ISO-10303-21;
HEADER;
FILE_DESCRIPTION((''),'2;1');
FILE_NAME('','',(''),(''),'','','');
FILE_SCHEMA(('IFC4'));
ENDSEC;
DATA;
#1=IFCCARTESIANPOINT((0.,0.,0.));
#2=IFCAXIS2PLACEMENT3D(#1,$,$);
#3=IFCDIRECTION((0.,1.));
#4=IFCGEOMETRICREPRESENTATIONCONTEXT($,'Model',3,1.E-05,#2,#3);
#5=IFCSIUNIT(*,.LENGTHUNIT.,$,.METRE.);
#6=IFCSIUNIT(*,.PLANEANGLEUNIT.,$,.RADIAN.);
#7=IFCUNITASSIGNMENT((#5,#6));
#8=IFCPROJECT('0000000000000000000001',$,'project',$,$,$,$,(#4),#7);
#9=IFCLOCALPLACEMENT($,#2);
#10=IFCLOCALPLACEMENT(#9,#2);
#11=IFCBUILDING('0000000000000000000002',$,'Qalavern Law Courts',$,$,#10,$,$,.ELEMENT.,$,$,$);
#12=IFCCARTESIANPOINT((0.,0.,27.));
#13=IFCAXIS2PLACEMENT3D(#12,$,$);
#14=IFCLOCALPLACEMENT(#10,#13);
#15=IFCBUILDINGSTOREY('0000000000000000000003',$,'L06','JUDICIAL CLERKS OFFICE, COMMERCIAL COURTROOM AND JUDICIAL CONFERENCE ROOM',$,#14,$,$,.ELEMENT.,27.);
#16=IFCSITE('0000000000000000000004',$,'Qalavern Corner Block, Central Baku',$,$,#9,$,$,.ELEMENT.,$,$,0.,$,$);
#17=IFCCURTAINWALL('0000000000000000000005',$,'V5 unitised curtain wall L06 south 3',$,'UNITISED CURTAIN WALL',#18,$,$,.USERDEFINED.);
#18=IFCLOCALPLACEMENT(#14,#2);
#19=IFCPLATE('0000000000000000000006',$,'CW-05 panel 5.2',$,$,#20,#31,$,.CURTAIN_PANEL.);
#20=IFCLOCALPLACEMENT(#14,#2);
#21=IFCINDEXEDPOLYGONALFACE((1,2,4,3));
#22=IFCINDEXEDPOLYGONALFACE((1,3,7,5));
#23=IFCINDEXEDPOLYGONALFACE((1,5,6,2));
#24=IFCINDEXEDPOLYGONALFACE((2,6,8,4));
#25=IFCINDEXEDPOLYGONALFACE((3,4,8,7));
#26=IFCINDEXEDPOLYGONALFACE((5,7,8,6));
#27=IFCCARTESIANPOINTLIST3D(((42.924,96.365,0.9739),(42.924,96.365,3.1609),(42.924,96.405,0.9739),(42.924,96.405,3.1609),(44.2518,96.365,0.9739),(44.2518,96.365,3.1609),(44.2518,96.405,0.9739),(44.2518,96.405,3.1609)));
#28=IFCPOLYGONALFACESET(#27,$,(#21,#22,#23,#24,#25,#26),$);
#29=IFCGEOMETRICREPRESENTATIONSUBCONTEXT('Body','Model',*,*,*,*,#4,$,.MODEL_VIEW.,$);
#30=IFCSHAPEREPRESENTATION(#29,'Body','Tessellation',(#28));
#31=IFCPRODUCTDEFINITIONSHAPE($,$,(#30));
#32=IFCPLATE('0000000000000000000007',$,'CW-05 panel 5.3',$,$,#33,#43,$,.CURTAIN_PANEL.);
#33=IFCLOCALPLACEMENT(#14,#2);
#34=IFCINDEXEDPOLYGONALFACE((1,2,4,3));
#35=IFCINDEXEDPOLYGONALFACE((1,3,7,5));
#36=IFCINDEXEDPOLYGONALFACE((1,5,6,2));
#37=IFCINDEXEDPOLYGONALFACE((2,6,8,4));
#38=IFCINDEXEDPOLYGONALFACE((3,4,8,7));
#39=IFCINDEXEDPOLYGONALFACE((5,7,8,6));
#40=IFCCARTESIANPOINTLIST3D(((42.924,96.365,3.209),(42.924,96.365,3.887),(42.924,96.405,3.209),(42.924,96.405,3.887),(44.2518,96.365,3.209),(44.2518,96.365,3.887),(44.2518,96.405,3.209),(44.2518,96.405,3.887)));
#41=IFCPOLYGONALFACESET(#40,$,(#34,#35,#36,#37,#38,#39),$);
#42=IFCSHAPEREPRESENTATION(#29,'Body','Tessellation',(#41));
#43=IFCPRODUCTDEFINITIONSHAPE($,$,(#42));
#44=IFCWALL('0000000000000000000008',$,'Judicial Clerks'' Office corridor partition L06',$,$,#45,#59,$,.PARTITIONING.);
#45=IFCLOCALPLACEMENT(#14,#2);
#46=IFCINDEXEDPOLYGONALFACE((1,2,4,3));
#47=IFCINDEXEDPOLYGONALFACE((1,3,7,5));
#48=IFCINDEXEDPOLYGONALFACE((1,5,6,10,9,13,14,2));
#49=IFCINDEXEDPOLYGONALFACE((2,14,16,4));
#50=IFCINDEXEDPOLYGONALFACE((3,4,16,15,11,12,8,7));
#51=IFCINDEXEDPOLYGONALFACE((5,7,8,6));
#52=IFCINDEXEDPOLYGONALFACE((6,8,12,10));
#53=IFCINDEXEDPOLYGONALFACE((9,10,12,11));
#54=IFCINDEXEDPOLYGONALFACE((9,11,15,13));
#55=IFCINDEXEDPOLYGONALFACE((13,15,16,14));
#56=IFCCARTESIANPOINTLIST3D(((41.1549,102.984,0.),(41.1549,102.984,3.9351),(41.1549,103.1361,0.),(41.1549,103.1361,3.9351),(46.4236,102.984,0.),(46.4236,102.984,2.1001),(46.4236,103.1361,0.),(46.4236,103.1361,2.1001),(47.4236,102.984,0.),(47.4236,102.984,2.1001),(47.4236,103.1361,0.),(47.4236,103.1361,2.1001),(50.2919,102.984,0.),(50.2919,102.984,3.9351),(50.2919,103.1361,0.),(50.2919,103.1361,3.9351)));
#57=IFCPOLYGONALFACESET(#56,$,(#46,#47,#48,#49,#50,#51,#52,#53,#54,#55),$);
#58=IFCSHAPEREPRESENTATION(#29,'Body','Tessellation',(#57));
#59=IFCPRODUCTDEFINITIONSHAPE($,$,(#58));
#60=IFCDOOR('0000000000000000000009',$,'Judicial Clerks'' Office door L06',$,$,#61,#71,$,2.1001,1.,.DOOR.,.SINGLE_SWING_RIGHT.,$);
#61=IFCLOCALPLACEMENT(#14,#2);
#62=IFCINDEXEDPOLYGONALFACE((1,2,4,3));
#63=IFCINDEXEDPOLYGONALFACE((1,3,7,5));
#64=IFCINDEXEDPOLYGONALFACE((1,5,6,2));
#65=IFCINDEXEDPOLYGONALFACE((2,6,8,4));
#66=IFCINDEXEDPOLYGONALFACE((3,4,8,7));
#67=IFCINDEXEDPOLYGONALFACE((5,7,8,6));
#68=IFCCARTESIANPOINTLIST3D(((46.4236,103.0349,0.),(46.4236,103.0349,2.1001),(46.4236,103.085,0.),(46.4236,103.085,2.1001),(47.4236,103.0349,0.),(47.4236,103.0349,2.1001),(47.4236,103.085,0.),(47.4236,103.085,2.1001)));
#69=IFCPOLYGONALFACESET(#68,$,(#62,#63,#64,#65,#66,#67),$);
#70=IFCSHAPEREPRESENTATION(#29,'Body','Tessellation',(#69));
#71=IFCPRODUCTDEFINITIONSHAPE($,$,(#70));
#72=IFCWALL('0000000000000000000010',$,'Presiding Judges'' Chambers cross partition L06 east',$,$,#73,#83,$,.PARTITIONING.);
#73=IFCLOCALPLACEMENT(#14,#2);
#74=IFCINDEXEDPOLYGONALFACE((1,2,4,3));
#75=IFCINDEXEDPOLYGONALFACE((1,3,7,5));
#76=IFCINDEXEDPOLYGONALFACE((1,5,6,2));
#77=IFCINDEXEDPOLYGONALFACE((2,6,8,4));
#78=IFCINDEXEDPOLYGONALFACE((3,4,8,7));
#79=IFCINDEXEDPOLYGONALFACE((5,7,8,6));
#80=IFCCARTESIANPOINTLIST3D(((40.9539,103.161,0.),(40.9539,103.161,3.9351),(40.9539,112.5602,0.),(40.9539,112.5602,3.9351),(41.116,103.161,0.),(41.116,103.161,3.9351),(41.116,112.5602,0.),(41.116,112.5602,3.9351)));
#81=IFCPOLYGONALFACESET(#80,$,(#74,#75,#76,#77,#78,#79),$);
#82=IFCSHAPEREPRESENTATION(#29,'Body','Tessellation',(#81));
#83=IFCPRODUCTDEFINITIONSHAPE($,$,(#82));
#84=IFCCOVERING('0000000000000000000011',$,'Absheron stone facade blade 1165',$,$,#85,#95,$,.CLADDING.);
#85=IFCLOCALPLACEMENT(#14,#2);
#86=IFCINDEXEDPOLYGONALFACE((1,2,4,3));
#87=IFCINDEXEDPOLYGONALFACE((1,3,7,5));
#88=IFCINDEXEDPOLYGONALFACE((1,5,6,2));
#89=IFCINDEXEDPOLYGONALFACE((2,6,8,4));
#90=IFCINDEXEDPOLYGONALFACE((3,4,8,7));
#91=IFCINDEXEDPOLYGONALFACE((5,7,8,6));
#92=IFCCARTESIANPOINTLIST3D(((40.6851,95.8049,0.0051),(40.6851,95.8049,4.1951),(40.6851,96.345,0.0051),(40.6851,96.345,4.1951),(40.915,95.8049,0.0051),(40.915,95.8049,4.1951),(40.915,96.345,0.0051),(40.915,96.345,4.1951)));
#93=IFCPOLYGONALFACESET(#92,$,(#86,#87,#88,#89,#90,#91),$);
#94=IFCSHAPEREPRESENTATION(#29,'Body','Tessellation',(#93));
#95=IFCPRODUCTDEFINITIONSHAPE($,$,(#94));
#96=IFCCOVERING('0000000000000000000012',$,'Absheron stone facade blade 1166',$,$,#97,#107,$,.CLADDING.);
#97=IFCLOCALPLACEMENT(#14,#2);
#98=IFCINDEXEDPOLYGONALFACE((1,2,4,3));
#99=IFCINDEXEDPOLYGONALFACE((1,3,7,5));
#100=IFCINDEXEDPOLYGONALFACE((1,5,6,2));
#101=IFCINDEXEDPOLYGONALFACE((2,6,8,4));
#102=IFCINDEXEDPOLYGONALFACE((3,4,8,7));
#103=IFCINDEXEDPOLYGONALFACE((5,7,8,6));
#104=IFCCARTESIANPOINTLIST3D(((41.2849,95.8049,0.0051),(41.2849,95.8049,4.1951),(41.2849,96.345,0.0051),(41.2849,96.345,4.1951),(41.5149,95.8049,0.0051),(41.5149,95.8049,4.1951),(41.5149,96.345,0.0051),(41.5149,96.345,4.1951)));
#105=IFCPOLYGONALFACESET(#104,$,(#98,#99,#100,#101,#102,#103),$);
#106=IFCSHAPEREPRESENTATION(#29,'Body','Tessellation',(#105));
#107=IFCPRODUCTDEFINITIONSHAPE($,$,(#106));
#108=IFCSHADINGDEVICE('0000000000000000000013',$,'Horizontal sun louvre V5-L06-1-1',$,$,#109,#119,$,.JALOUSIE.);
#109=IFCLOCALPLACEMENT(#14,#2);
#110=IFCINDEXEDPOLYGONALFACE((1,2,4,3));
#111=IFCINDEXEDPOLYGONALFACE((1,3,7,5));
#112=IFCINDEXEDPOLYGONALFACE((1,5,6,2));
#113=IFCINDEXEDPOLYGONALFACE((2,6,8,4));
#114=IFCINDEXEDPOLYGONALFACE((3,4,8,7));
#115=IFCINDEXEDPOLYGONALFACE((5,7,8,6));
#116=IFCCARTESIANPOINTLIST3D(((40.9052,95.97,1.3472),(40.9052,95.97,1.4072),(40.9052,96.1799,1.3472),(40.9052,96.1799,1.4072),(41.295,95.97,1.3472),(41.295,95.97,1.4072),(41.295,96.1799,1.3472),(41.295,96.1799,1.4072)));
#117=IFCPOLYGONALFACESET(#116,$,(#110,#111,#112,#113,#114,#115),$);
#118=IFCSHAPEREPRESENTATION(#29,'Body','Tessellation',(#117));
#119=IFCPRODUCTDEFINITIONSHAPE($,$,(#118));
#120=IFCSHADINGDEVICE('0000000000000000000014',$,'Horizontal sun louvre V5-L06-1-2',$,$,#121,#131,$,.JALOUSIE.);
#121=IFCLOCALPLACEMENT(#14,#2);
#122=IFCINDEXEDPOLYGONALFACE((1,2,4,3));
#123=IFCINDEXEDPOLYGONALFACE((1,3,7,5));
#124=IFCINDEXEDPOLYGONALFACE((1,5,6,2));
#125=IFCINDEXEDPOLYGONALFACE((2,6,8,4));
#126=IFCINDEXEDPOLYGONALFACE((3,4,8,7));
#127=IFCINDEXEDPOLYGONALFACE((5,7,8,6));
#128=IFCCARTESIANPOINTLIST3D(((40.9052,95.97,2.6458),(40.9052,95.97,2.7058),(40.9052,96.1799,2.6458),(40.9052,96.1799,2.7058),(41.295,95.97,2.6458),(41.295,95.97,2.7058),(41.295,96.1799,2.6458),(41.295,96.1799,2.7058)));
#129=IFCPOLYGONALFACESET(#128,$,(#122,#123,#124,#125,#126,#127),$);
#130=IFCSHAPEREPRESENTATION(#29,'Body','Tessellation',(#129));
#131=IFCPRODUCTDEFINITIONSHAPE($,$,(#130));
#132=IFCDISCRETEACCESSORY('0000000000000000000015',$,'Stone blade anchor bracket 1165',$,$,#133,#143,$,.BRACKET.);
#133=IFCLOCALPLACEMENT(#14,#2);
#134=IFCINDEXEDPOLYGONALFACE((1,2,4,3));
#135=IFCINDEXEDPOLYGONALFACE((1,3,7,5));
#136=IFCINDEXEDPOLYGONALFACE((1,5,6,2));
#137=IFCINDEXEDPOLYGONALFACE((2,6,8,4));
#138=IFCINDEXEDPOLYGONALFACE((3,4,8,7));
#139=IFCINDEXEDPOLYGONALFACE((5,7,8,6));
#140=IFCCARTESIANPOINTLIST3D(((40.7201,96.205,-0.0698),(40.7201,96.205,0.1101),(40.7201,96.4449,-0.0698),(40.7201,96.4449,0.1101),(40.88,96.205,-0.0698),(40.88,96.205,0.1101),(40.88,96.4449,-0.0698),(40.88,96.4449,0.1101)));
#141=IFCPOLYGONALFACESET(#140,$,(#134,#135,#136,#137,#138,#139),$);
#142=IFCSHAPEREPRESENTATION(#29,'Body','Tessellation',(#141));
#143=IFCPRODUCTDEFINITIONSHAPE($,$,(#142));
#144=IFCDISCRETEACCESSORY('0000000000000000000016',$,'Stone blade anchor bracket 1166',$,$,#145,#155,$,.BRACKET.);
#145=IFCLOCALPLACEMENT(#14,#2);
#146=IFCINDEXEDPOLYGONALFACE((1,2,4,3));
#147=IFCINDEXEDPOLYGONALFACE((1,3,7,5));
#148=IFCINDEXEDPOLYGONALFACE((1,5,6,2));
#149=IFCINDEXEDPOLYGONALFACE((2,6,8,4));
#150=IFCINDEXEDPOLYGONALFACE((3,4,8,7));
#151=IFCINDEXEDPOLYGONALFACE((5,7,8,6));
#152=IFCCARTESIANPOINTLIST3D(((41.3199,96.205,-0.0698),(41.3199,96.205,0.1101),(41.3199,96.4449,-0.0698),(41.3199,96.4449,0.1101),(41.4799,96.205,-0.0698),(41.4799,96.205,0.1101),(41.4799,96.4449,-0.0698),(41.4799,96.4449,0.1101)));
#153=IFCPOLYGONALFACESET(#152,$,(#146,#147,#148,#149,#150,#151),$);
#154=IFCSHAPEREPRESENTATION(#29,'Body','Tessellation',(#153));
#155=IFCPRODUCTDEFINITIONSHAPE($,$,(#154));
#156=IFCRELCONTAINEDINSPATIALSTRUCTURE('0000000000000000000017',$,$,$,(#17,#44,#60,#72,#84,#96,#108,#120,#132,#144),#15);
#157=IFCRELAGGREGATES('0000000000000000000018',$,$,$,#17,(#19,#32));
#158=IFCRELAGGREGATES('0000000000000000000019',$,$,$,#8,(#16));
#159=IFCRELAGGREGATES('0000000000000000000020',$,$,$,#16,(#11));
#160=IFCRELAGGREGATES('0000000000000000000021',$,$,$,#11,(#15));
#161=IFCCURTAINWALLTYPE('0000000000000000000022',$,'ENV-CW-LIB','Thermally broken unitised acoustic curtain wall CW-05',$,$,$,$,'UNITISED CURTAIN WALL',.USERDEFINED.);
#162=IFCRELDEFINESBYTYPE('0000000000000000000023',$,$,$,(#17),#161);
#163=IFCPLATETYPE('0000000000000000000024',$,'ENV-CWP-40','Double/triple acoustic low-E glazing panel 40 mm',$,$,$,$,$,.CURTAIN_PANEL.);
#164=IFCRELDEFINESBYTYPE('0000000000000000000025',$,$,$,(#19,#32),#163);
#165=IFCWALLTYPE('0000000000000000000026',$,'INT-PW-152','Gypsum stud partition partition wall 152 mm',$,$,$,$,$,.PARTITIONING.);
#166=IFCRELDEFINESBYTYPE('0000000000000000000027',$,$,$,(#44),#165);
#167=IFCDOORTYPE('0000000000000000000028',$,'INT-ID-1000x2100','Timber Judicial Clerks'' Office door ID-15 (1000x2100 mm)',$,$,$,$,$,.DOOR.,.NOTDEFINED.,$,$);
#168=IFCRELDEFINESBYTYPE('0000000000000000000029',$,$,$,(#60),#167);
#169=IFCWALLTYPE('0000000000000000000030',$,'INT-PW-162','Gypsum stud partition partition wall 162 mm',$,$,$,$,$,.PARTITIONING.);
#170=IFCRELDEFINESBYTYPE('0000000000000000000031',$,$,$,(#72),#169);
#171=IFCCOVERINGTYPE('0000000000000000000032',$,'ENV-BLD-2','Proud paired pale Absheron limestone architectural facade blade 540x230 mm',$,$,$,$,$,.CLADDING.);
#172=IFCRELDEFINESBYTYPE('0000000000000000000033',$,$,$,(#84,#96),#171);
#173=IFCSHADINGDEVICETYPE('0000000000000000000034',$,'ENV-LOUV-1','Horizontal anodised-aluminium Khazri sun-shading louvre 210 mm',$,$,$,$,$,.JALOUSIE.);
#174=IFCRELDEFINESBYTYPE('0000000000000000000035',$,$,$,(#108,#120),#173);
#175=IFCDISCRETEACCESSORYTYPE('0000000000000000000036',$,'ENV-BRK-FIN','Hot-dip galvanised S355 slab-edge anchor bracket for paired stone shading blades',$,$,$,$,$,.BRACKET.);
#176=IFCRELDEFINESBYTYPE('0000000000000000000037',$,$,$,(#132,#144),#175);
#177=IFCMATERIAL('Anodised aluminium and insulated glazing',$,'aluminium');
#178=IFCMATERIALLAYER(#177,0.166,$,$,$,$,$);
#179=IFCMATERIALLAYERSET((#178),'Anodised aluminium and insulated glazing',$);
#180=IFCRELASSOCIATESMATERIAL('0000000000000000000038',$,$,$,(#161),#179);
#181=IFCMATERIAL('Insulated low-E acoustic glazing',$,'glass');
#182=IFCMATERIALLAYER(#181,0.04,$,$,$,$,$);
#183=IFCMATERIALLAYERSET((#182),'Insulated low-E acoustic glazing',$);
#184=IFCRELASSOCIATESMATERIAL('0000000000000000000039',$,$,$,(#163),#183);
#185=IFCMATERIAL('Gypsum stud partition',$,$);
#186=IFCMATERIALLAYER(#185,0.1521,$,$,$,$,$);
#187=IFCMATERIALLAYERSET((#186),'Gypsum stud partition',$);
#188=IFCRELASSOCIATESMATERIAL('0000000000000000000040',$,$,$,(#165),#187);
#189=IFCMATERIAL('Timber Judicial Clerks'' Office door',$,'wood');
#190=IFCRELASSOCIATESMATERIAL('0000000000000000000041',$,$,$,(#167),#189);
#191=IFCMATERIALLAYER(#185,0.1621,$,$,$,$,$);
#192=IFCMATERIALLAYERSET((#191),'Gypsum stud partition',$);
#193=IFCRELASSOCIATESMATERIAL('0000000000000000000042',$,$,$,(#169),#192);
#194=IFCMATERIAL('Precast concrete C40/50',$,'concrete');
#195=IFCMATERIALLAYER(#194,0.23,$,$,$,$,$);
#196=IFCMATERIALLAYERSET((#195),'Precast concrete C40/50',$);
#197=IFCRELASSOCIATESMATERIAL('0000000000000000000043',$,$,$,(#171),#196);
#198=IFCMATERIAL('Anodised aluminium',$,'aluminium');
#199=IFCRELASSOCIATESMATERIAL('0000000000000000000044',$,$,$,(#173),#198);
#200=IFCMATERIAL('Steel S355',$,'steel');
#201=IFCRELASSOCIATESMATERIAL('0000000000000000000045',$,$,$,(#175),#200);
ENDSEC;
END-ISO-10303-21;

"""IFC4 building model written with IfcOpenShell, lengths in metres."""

from ifc_helpers import new_model, si_unit, direction, frame, frame_2d, origin, origin_2d, place, context, subcontext, project, spatial, rectangle, extrude, material, layer, layer_set, type_object, element, fill, aggregate, save


model = new_model("IFC4")

# Units and contexts
model_context = context("Model", 3, precision=1e-05, world=origin(), true_north=direction((0.0, 1.0)))
body_context = subcontext(model_context, "Body", "Model", "MODEL_VIEW")
ifc_project = project(units=[si_unit("LENGTHUNIT", "METRE"), si_unit("PLANEANGLEUNIT", "RADIAN")], contexts=[model_context])

# Site, building, storey
site_placement = place(None, origin())
site = spatial("IfcSite", under=ifc_project, at=site_placement, Name="Qalavern Corner Block, Central Baku", CompositionType="ELEMENT", RefElevation=0.0)
building_placement = place(site_placement, origin())
building = spatial("IfcBuilding", under=site, at=building_placement, Name="Qalavern Law Courts", CompositionType="ELEMENT")
storey_placement = place(building_placement, frame((0.0, 0.0, 27.0)))
storey = spatial("IfcBuildingStorey", under=building, at=storey_placement, Name="L06", Description="JUDICIAL CLERKS OFFICE, COMMERCIAL COURTROOM AND JUDICIAL CONFERENCE ROOM", CompositionType="ELEMENT", Elevation=27.0)

# Curtain wall, plates
ifc_material_1 = material(Name="Anodised aluminium and insulated glazing", Category="aluminium")
ifc_layer_1 = layer(ifc_material_1, 0.166)
ifc_layer_set_1 = layer_set([ifc_layer_1], Name="Anodised aluminium and insulated glazing")
curtain_wall_type = type_object("IfcCurtainWallType", Name="ENV-CW-LIB", Description="Thermally broken unitised acoustic curtain wall CW-05", ElementType="UNITISED CURTAIN WALL", PredefinedType="USERDEFINED", material=ifc_layer_set_1)
curtain_wall_placement = place(storey_placement, origin())
curtain_wall = element("IfcCurtainWall", 1, at=curtain_wall_placement, inside=storey, type_object=curtain_wall_type, Name="V5 unitised curtain wall L06 south 3", ObjectType="UNITISED CURTAIN WALL", PredefinedType="USERDEFINED")
ifc_material_2 = material(Name="Anodised aluminium", Category="aluminium")
ifc_material_3 = material(Name="Insulated low-E acoustic glazing", Category="glass")
ifc_layer_2 = layer(ifc_material_3, 0.04)
ifc_layer_set_2 = layer_set([ifc_layer_2], Name="Insulated low-E acoustic glazing")
plate_type = type_object("IfcPlateType", Name="ENV-CWP-40", Description="Double/triple acoustic low-E glazing panel 40 mm", PredefinedType="CURTAIN_PANEL", material=ifc_layer_set_2)
plate_1_placement = place(storey_placement, frame((43.5879, 96.385, 0.9739), z_axis=(0.0, 0.0, 1.0), x_axis=(1.0, 0.0, 0.0)))
plate_1 = element("IfcPlate", 2, at=plate_1_placement, type_object=plate_type, Name="CW-05 panel 5.2", PredefinedType="CURTAIN_PANEL", context=body_context, shape_type="SweptSolid", body=[
    extrude(rectangle(XDim=1.3279, YDim=0.04, at=origin_2d()), origin(), (0.0, 0.0, 1.0), 2.187),
])
plate_2_placement = place(storey_placement, frame((43.5879, 96.385, 3.209), z_axis=(0.0, 0.0, 1.0), x_axis=(1.0, 0.0, 0.0)))
plate_2 = element("IfcPlate", 3, at=plate_2_placement, type_object=plate_type, Name="CW-05 panel 5.3", PredefinedType="CURTAIN_PANEL", context=body_context, shape_type="SweptSolid", body=[
    extrude(rectangle(XDim=1.3279, YDim=0.04, at=origin_2d()), origin(), (0.0, 0.0, 1.0), 0.678),
])
aggregate(curtain_wall, [plate_1, plate_2])

# Wall, opening, door
ifc_material_4 = material(Name="Gypsum stud partition")
ifc_layer_3 = layer(ifc_material_4, 0.1521)
ifc_layer_set_3 = layer_set([ifc_layer_3], Name="Gypsum stud partition")
wall_type_1 = type_object("IfcWallType", Name="INT-PW-152", Description="Gypsum stud partition partition wall 152 mm", PredefinedType="PARTITIONING", material=ifc_layer_set_3)
wall_1_placement = place(storey_placement, frame((41.155, 103.0601, 0.0), z_axis=(0.0, 0.0, 1.0), x_axis=(1.0, 0.0, 0.0)))
wall_1 = element("IfcWall", 4, at=wall_1_placement, inside=storey, type_object=wall_type_1, Name="Judicial Clerks' Office corridor partition L06", PredefinedType="PARTITIONING", context=body_context, shape_type="SweptSolid", body=[
    extrude(rectangle(XDim=9.137, YDim=0.1521, at=frame_2d((4.5684, 0.0))), origin(), (0.0, 0.0, 1.0), 3.9351),
])
opening_placement = place(wall_1_placement, frame((5.2686, 0.0, 0.0)))
opening = element("IfcOpeningElement", 5, at=opening_placement, cuts=wall_1, PredefinedType="OPENING", context=body_context, shape_type="SweptSolid", body=[
    extrude(rectangle(XDim=1.0, YDim=2.1001, at=frame_2d((0.5, 1.05))), frame((0.0, 0.0908, 0.0), z_axis=(0.0, -1.0, 0.0), x_axis=(1.0, 0.0, 0.0)), (0.0, 0.0, 1.0), 0.1819),
])
ifc_material_5 = material(Name="Timber Judicial Clerks' Office door", Category="wood")
door_type = type_object("IfcDoorType", Name="INT-ID-1000x2100", Description="Timber Judicial Clerks' Office door ID-15 (1000x2100 mm)", OperationType="NOTDEFINED", PredefinedType="DOOR", material=ifc_material_5)
door_placement = place(opening_placement, origin())
door = element("IfcDoor", 6, at=door_placement, inside=storey, type_object=door_type, Name="Judicial Clerks' Office door L06", OperationType="SINGLE_SWING_RIGHT", OverallHeight=2.1001, OverallWidth=1.0, PredefinedType="DOOR", context=body_context, shape_type="SweptSolid", body=[
    extrude(rectangle(XDim=1.0, YDim=2.1001, at=frame_2d((0.5, 1.05))), frame((0.0, 0.0249, 0.0), z_axis=(0.0, -1.0, 0.0), x_axis=(1.0, 0.0, 0.0)), (0.0, 0.0, 1.0), 0.05),
])
fill(opening, door)

# Wall
ifc_layer_4 = layer(ifc_material_4, 0.1621)
ifc_layer_set_4 = layer_set([ifc_layer_4], Name="Gypsum stud partition")
wall_type_2 = type_object("IfcWallType", Name="INT-PW-162", Description="Gypsum stud partition partition wall 162 mm", PredefinedType="PARTITIONING", material=ifc_layer_set_4)
wall_2_placement = place(storey_placement, frame((41.0349, 103.1609, 0.0), z_axis=(0.0, 0.0, 1.0), x_axis=(0.0, 1.0, 0.0)))
element("IfcWall", 7, at=wall_2_placement, inside=storey, type_object=wall_type_2, Name="Presiding Judges' Chambers cross partition L06 east", PredefinedType="PARTITIONING", context=body_context, shape_type="SweptSolid", body=[
    extrude(rectangle(XDim=9.3992, YDim=0.1621, at=frame_2d((4.6997, 0.0))), origin(), (0.0, 0.0, 1.0), 3.9351),
])

# Coverings
ifc_material_6 = material(Name="Precast concrete C40/50", Category="concrete")
ifc_layer_5 = layer(ifc_material_6, 0.23)
ifc_layer_set_5 = layer_set([ifc_layer_5], Name="Precast concrete C40/50")
covering_type = type_object("IfcCoveringType", Name="ENV-BLD-2", Description="Proud paired pale Absheron limestone architectural facade blade 540x230 mm", PredefinedType="CLADDING", material=ifc_layer_set_5)
for number, where, z_axis, x_axis, name in (
    (8, (40.8, 96.075, 0.0051), (0.0, 0.0, 1.0), (0.0, -1.0, 0.0), "Absheron stone facade blade 1165"),
    (9, (41.3999, 96.075, 0.0051), (0.0, 0.0, 1.0), (0.0, -1.0, 0.0), "Absheron stone facade blade 1166"),
):
    element("IfcCovering", number, at=place(storey_placement, frame(where, z_axis=z_axis, x_axis=x_axis)), inside=storey, type_object=covering_type, Name=name, PredefinedType="CLADDING", context=body_context, shape_type="SweptSolid", body=[
        extrude(rectangle(XDim=0.54, YDim=0.23, at=origin_2d()), origin(), (0.0, 0.0, 1.0), 4.1899),
    ])

# Shading devices
shading_device_type = type_object("IfcShadingDeviceType", Name="ENV-LOUV-1", Description="Horizontal anodised-aluminium Khazri sun-shading louvre 210 mm", PredefinedType="JALOUSIE", material=ifc_material_2)
for number, where, z_axis, x_axis, name in (
    (10, (41.1001, 96.075, 1.3472), (0.0, 0.0, 1.0), (1.0, 0.0, 0.0), "Horizontal sun louvre V5-L06-1-1"),
    (11, (41.1001, 96.075, 2.6458), (0.0, 0.0, 1.0), (1.0, 0.0, 0.0), "Horizontal sun louvre V5-L06-1-2"),
):
    element("IfcShadingDevice", number, at=place(storey_placement, frame(where, z_axis=z_axis, x_axis=x_axis)), inside=storey, type_object=shading_device_type, Name=name, PredefinedType="JALOUSIE", context=body_context, shape_type="SweptSolid", body=[
        extrude(rectangle(XDim=0.3899, YDim=0.21, at=origin_2d()), origin(), (0.0, 0.0, 1.0), 0.0601),
    ])

# Discrete accessories
ifc_material_7 = material(Name="Steel S355", Category="steel")
discrete_accessory_type = type_object("IfcDiscreteAccessoryType", Name="ENV-BRK-FIN", Description="Hot-dip galvanised S355 slab-edge anchor bracket for paired stone shading blades", PredefinedType="BRACKET", material=ifc_material_7)
for number, where, z_axis, x_axis, name in (
    (12, (40.8, 96.325, -0.0698), (0.0, 0.0, 1.0), (0.0, -1.0, 0.0), "Stone blade anchor bracket 1165"),
    (13, (41.3999, 96.325, -0.0698), (0.0, 0.0, 1.0), (0.0, -1.0, 0.0), "Stone blade anchor bracket 1166"),
):
    element("IfcDiscreteAccessory", number, at=place(storey_placement, frame(where, z_axis=z_axis, x_axis=x_axis)), inside=storey, type_object=discrete_accessory_type, Name=name, PredefinedType="BRACKET", context=body_context, shape_type="SweptSolid", body=[
        extrude(rectangle(XDim=0.24, YDim=0.1599, at=origin_2d()), origin(), (0.0, 0.0, 1.0), 0.1799),
    ])

save(model, "model.ifc")
